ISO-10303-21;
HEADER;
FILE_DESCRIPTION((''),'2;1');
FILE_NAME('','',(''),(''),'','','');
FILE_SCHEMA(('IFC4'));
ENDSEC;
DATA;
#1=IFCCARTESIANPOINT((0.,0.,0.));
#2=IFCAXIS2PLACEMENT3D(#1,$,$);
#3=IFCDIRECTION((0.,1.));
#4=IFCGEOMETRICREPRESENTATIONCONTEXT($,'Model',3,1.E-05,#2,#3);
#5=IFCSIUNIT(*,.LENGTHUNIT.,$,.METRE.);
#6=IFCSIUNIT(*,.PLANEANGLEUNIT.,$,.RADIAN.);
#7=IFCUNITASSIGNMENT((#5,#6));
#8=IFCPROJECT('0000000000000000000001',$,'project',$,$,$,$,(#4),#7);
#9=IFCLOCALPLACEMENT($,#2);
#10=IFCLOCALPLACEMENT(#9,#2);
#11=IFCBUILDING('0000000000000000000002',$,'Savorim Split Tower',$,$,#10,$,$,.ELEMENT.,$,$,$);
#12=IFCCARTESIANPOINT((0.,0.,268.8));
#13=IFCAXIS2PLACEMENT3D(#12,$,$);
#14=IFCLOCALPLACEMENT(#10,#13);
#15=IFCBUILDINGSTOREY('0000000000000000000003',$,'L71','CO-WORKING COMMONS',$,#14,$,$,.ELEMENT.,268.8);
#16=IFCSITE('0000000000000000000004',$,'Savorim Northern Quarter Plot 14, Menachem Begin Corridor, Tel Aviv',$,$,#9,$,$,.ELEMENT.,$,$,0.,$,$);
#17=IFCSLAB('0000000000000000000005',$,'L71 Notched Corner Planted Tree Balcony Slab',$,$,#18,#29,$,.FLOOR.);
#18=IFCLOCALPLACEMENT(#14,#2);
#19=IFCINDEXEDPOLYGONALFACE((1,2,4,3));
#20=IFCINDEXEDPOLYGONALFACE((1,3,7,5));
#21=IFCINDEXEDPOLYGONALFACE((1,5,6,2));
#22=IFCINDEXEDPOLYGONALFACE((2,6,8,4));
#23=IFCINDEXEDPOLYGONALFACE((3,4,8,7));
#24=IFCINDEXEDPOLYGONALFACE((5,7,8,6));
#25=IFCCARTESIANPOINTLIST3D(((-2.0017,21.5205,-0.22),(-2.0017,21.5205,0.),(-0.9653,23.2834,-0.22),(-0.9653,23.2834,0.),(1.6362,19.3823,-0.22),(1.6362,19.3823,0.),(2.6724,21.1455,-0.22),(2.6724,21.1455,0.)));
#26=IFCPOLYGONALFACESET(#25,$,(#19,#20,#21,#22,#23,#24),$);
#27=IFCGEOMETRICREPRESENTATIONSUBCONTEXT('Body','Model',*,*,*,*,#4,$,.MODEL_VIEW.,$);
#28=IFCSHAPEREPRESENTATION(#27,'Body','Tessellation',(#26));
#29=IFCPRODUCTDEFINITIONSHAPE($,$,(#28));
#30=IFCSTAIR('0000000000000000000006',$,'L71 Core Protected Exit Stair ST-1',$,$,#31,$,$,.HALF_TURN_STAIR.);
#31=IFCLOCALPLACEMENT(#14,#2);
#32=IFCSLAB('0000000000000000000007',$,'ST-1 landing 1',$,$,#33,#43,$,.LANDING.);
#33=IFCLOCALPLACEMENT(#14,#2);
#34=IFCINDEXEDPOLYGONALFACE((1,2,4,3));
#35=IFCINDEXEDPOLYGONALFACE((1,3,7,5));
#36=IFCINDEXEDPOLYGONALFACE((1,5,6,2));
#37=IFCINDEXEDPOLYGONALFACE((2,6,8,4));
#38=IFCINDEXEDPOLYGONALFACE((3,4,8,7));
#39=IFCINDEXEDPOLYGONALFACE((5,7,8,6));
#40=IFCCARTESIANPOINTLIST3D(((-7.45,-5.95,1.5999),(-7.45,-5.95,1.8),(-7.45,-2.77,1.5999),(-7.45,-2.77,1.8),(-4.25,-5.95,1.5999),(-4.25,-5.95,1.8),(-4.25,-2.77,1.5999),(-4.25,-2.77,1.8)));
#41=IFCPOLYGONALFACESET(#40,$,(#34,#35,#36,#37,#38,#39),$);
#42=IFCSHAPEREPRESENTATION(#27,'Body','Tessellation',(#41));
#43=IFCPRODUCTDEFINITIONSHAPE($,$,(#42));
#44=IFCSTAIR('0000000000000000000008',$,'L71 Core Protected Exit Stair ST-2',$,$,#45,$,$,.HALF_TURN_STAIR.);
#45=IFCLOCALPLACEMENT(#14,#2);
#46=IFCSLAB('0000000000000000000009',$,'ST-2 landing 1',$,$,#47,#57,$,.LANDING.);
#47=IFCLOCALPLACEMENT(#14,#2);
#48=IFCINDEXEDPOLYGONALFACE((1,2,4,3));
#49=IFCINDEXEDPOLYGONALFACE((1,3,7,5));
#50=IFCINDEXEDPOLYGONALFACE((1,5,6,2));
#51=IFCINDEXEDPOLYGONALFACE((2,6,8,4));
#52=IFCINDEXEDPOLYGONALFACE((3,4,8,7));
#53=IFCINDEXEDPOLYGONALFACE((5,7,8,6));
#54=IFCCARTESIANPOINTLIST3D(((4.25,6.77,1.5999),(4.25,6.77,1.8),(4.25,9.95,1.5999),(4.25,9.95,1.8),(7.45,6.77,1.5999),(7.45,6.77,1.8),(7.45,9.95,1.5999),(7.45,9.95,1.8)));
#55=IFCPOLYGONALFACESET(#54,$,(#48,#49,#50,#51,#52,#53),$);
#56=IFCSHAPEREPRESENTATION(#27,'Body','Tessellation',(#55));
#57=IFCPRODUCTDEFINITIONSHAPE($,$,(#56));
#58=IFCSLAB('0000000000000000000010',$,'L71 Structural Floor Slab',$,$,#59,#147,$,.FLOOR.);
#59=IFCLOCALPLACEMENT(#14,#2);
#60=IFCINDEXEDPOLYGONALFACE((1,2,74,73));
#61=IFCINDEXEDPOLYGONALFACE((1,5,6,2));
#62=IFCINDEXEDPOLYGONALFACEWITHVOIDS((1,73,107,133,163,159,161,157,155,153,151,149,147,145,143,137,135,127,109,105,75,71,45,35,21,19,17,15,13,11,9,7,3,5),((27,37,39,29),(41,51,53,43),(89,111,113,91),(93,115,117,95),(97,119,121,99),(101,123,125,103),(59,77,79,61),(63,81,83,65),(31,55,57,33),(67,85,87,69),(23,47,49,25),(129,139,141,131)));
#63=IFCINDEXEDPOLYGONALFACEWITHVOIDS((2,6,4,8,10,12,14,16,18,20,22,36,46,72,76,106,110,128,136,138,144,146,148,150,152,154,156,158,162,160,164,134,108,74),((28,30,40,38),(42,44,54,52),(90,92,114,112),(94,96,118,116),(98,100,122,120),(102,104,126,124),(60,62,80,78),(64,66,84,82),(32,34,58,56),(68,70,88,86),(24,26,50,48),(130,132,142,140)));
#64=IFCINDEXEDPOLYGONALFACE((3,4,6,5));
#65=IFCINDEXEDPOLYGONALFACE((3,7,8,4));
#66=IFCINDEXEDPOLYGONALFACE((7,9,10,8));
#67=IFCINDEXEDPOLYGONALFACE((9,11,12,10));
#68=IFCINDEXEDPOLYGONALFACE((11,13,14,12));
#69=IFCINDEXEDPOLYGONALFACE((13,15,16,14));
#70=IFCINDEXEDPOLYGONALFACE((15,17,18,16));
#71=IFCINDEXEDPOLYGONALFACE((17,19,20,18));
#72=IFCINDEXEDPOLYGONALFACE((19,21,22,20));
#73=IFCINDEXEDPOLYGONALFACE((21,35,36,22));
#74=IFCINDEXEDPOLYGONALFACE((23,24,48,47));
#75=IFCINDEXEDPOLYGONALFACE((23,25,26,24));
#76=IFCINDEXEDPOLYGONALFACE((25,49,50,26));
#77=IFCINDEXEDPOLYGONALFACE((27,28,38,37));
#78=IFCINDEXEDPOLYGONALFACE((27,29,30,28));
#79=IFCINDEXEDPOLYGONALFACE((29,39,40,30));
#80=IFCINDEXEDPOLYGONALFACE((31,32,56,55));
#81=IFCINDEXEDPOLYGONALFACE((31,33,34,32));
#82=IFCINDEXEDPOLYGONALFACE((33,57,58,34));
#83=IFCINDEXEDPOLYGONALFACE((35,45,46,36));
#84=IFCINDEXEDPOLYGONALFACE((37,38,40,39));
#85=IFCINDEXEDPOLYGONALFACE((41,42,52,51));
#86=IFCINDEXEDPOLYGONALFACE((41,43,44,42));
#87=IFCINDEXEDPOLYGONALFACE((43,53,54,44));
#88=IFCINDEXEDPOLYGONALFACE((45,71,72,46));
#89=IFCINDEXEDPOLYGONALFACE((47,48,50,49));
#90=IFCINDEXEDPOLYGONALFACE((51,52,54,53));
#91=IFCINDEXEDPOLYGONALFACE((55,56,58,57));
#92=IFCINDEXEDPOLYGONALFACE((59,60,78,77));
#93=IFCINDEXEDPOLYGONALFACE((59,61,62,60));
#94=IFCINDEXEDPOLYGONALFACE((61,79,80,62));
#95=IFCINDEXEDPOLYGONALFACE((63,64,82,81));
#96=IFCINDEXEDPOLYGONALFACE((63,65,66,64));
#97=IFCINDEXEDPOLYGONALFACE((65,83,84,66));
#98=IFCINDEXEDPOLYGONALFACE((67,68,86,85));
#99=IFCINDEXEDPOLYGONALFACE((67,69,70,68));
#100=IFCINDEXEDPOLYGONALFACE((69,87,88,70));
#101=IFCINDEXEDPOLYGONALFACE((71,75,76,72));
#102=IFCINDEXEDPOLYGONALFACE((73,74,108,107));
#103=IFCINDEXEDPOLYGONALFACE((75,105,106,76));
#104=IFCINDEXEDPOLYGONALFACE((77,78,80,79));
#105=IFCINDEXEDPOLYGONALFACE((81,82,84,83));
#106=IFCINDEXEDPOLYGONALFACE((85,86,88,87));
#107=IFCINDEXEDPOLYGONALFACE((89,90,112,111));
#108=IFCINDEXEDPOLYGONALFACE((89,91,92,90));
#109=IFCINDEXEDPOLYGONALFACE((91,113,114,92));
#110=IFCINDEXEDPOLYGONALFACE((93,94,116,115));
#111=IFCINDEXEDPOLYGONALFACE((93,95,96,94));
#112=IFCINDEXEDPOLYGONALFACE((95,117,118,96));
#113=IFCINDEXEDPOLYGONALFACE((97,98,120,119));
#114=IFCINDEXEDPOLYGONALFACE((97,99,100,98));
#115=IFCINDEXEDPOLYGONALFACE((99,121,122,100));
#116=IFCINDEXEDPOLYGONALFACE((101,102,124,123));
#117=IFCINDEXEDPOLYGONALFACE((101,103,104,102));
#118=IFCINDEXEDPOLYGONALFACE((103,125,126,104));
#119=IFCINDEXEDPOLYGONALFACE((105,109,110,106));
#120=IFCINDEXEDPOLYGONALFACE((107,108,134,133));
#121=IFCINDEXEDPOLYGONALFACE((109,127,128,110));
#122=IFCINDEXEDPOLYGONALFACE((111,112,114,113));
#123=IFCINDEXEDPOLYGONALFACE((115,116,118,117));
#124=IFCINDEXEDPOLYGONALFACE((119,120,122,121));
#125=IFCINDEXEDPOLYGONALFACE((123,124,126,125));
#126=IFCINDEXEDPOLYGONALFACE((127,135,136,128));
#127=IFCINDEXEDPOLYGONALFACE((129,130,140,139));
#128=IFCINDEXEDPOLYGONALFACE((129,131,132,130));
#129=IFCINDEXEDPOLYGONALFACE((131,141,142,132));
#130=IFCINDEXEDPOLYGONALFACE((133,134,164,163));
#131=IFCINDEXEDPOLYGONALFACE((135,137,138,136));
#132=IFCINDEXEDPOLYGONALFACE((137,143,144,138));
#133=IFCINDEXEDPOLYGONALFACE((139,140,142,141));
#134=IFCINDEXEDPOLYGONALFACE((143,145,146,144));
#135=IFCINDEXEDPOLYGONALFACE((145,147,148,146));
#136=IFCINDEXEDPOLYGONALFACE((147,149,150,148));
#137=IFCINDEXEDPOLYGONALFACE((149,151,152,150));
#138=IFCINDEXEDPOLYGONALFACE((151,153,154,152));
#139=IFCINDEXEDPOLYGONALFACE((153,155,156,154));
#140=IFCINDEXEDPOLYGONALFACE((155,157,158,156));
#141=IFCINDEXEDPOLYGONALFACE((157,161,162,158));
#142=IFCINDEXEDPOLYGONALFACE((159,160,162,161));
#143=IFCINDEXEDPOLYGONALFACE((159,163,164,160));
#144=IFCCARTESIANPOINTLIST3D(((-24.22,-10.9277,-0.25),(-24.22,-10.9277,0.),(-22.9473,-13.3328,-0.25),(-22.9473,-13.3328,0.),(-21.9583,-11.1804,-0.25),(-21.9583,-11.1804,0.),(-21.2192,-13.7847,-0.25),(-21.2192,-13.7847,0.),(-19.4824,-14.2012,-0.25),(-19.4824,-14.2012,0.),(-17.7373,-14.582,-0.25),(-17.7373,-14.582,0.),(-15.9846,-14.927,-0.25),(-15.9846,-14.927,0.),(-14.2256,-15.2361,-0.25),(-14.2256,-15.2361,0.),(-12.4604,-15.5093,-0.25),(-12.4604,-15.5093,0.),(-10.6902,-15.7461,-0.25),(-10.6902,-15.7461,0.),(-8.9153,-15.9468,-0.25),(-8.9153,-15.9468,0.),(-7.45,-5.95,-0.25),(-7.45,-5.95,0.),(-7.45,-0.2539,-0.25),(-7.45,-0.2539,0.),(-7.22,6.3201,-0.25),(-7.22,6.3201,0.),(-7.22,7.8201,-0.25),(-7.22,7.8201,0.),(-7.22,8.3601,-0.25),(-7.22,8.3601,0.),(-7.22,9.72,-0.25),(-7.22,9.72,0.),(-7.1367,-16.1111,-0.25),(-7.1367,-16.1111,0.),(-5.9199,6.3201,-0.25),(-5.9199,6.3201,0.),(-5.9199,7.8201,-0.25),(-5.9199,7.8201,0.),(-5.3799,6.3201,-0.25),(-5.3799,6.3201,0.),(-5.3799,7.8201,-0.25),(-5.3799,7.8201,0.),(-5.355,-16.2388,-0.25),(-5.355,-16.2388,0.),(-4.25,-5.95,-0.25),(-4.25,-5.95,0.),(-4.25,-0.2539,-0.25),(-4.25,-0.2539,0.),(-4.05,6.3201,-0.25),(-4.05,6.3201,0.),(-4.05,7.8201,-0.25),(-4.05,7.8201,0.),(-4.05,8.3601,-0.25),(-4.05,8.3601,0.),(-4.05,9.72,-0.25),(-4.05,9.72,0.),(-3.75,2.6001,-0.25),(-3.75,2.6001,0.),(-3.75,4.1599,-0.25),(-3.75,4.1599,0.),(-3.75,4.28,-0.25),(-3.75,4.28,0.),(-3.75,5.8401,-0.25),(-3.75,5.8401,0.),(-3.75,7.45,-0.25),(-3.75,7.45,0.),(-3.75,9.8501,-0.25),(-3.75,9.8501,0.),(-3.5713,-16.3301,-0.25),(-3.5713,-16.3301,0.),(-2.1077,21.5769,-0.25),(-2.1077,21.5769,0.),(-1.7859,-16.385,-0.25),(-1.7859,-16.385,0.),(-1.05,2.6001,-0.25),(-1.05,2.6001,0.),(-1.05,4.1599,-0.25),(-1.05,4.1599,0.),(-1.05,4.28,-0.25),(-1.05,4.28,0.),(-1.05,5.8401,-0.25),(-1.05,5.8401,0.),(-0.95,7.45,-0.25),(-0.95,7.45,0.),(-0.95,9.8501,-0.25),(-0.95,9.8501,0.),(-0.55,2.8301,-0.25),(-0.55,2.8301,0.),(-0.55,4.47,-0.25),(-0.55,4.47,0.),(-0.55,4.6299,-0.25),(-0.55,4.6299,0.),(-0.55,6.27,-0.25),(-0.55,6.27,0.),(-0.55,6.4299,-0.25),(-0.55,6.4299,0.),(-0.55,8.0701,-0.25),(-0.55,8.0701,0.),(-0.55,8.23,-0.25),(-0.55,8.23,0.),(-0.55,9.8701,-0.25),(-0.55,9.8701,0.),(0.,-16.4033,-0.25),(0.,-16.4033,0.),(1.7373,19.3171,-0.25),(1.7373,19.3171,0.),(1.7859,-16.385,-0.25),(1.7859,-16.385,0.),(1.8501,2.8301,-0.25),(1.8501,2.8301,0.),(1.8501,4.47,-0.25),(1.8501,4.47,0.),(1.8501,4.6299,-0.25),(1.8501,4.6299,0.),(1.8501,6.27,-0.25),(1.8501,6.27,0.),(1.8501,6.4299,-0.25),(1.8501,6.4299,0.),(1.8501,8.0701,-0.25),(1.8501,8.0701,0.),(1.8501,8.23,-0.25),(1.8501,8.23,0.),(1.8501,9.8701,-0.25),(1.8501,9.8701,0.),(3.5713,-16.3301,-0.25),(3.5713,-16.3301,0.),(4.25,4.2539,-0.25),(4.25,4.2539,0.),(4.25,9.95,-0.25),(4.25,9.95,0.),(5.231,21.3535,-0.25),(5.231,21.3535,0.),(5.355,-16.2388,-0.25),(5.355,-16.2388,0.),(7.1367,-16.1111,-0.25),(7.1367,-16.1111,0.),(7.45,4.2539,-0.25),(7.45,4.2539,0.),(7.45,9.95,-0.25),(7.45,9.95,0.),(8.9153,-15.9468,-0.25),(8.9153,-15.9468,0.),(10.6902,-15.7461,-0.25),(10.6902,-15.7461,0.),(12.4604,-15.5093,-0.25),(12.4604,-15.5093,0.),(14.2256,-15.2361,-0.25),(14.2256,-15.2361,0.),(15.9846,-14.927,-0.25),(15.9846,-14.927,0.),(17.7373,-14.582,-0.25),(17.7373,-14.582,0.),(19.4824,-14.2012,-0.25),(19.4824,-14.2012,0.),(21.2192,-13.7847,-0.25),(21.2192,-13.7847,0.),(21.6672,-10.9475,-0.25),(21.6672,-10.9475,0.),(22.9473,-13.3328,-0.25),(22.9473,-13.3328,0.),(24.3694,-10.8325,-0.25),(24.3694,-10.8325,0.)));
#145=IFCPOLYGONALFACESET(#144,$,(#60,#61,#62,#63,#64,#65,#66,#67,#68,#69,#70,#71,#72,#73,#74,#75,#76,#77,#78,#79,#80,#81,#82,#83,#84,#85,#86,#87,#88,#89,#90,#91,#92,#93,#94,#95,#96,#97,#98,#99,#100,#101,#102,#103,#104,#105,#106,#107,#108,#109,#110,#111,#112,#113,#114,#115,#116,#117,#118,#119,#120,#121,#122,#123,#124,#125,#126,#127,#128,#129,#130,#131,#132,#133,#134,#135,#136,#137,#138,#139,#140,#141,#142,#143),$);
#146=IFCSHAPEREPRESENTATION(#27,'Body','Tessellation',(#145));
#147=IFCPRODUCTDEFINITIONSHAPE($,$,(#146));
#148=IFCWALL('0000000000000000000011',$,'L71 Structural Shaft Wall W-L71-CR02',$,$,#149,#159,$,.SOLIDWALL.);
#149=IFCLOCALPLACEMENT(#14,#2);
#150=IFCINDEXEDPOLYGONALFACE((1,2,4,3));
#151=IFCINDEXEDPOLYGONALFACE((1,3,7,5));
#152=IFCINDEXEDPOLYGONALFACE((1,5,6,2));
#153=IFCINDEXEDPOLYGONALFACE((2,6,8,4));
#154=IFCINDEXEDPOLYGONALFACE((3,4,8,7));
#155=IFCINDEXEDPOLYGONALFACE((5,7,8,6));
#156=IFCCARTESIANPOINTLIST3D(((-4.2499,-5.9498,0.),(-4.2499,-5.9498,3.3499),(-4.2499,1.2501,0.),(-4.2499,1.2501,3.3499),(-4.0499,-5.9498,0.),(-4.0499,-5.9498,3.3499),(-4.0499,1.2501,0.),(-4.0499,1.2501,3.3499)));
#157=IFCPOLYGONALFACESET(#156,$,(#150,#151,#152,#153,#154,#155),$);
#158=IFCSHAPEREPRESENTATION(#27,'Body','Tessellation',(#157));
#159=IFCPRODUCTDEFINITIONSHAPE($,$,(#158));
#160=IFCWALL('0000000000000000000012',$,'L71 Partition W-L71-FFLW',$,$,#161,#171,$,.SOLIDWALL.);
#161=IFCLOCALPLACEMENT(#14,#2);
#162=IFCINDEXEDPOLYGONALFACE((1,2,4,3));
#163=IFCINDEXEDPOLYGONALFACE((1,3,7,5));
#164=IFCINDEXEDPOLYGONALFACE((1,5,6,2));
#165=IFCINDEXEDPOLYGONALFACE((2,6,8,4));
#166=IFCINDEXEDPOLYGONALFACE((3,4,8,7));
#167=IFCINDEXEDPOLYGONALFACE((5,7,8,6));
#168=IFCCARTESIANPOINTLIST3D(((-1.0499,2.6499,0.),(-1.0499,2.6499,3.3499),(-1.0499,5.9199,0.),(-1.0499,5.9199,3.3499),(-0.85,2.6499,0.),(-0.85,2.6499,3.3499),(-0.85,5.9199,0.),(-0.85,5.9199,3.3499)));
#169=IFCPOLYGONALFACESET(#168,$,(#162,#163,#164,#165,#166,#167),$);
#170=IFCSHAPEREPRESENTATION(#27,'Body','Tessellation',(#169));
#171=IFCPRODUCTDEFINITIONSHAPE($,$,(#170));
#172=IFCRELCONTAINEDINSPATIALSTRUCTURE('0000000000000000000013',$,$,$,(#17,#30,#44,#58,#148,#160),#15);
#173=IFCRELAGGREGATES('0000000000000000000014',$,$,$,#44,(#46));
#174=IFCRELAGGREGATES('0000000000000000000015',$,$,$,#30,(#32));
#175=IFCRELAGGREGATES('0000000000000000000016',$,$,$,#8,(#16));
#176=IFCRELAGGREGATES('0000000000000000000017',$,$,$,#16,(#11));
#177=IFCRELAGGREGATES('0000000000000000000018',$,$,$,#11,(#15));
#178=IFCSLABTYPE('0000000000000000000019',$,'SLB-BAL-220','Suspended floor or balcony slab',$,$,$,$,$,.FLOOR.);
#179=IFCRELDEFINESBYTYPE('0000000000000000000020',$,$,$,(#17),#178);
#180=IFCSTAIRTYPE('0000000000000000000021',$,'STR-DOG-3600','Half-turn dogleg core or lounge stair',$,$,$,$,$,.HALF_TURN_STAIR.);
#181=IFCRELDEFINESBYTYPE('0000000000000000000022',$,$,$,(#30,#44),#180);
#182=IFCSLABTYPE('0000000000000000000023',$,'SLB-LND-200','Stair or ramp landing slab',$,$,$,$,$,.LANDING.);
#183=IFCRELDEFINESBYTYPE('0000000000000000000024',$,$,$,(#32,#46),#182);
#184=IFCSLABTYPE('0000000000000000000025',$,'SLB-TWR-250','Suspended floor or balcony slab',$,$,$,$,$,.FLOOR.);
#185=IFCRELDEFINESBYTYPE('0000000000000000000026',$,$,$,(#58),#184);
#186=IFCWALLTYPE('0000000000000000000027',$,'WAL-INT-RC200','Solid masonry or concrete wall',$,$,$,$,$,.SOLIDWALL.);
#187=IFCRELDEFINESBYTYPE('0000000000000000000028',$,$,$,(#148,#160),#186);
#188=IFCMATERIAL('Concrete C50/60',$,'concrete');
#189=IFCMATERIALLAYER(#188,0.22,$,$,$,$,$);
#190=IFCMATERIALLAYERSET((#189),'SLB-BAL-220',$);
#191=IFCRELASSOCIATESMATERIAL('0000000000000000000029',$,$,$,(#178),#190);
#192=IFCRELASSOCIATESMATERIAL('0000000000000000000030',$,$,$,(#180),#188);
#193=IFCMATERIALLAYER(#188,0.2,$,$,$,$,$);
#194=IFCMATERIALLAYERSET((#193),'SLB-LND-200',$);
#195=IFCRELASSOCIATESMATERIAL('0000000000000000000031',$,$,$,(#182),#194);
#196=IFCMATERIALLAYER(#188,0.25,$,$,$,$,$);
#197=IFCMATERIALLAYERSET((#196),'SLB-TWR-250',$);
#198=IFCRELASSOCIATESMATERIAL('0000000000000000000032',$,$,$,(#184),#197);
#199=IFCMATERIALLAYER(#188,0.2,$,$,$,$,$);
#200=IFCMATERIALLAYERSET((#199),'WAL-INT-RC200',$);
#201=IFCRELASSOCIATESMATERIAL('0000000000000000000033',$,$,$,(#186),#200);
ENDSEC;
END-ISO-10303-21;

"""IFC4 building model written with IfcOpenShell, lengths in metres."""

from ifc_helpers import new_model, si_unit, direction, frame, frame_2d, origin, place, context, subcontext, project, spatial, polyline, rectangle, outline, extrude, material, layer, layer_set, type_object, element, aggregate, save


model = new_model("IFC4")

# Units and contexts
model_context = context("Model", 3, precision=1e-05, world=origin(), true_north=direction((0.0, 1.0)))
body_context = subcontext(model_context, "Body", "Model", "MODEL_VIEW")
ifc_project = project(units=[si_unit("LENGTHUNIT", "METRE"), si_unit("PLANEANGLEUNIT", "RADIAN")], contexts=[model_context])

# Site, building, storey
site_placement = place(None, origin())
site = spatial("IfcSite", under=ifc_project, at=site_placement, Name="Savorim Northern Quarter Plot 14, Menachem Begin Corridor, Tel Aviv", CompositionType="ELEMENT", RefElevation=0.0)
building_placement = place(site_placement, origin())
building = spatial("IfcBuilding", under=site, at=building_placement, Name="Savorim Split Tower", CompositionType="ELEMENT")
storey_placement = place(building_placement, frame((0.0, 0.0, 268.8)))
storey = spatial("IfcBuildingStorey", under=building, at=storey_placement, Name="L71", Description="CO-WORKING COMMONS", CompositionType="ELEMENT", Elevation=268.8)

# Slab
ifc_material_1 = material(Name="Concrete C50/60", Category="concrete")
ifc_layer_1 = layer(ifc_material_1, 0.22)
ifc_layer_set_1 = layer_set([ifc_layer_1], Name="SLB-BAL-220")
slab_type_1 = type_object("IfcSlabType", Name="SLB-BAL-220", Description="Suspended floor or balcony slab", PredefinedType="FLOOR", material=ifc_layer_set_1)
slab_1_placement = place(storey_placement, frame((0.0, 0.0, -0.22)))
element("IfcSlab", 1, at=slab_1_placement, inside=storey, type_object=slab_type_1, Name="L71 Notched Corner Planted Tree Balcony Slab", PredefinedType="FLOOR", context=body_context, shape_type="SweptSolid", body=[
    extrude(outline(polyline([(-2.0017, 21.5205), (1.6362, 19.3823), (2.6724, 21.1455), (-0.9653, 23.2834), (-2.0017, 21.5205)])), origin(), (0.0, 0.0, 1.0), 0.22),
])

# Stairs, slabs
stair_type = type_object("IfcStairType", Name="STR-DOG-3600", Description="Half-turn dogleg core or lounge stair", PredefinedType="HALF_TURN_STAIR", material=ifc_material_1)
stair_1_placement = place(storey_placement, origin())
stair_1 = element("IfcStair", 2, at=stair_1_placement, inside=storey, type_object=stair_type, Name="L71 Core Protected Exit Stair ST-1", PredefinedType="HALF_TURN_STAIR")
ifc_layer_2 = layer(ifc_material_1, 0.2)
ifc_layer_set_2 = layer_set([ifc_layer_2], Name="SLB-LND-200")
slab_type_2 = type_object("IfcSlabType", Name="SLB-LND-200", Description="Stair or ramp landing slab", PredefinedType="LANDING", material=ifc_layer_set_2)
slab_2_placement = place(storey_placement, frame((0.0, 0.0, 1.5999)))
slab_2 = element("IfcSlab", 3, at=slab_2_placement, type_object=slab_type_2, Name="ST-1 landing 1", PredefinedType="LANDING", context=body_context, shape_type="SweptSolid", body=[
    extrude(outline(polyline([(-7.45, -2.77), (-7.45, -5.95), (-4.25, -5.95), (-4.25, -2.77), (-7.45, -2.77)])), origin(), (0.0, 0.0, 1.0), 0.2002),
])
stair_2_placement = place(storey_placement, origin())
stair_2 = element("IfcStair", 4, at=stair_2_placement, inside=storey, type_object=stair_type, Name="L71 Core Protected Exit Stair ST-2", PredefinedType="HALF_TURN_STAIR")
slab_3_placement = place(storey_placement, frame((0.0, 0.0, 1.5999)))
slab_3 = element("IfcSlab", 5, at=slab_3_placement, type_object=slab_type_2, Name="ST-2 landing 1", PredefinedType="LANDING", context=body_context, shape_type="SweptSolid", body=[
    extrude(outline(polyline([(7.45, 6.77), (7.45, 9.95), (4.25, 9.95), (4.25, 6.77), (7.45, 6.77)])), origin(), (0.0, 0.0, 1.0), 0.2002),
])
aggregate(stair_2, [slab_3])

# Slab
ifc_layer_3 = layer(ifc_material_1, 0.25)
ifc_layer_set_3 = layer_set([ifc_layer_3], Name="SLB-TWR-250")
slab_type_3 = type_object("IfcSlabType", Name="SLB-TWR-250", Description="Suspended floor or balcony slab", PredefinedType="FLOOR", material=ifc_layer_set_3)
slab_4_placement = place(storey_placement, frame((0.0, 0.0, -0.25)))
element("IfcSlab", 6, at=slab_4_placement, inside=storey, type_object=slab_type_3, Name="L71 Structural Floor Slab", PredefinedType="FLOOR", context=body_context, shape_type="SweptSolid", body=[
    extrude(outline(polyline([(-22.9473, -13.3328), (-21.2192, -13.7847), (-19.4824, -14.2012), (-17.7373, -14.582), (-15.9846, -14.927), (-14.2256, -15.2361), (-12.4604, -15.5093), (-10.6902, -15.7461), (-8.9153, -15.9468), (-7.1367, -16.1111), (-5.355, -16.2388), (-3.5713, -16.3301), (-1.7859, -16.385), (0.0, -16.4033), (1.7859, -16.385), (3.5713, -16.3301), (5.355, -16.2388), (7.1367, -16.1111), (8.9153, -15.9468), (10.6902, -15.7461), (12.4604, -15.5093), (14.2256, -15.2361), (15.9846, -14.927), (17.7373, -14.582), (19.4824, -14.2012), (21.2192, -13.7847), (22.9473, -13.3328), (21.6672, -10.9475), (24.3694, -10.8325), (5.231, 21.3535), (1.7373, 19.3171), (-2.1077, 21.5769), (-24.22, -10.9277), (-21.9583, -11.1804), (-22.9473, -13.3328)]), holes=[polyline([(-7.45, -0.2539), (-7.45, -5.95), (-4.25, -5.95), (-4.25, -0.2539), (-7.45, -0.2539)]), polyline([(7.45, 4.2539), (7.45, 9.95), (4.25, 9.95), (4.25, 4.2539), (7.45, 4.2539)]), polyline([(-0.55, 2.8301), (1.8501, 2.8301), (1.8501, 4.47), (-0.55, 4.47), (-0.55, 2.8301)]), polyline([(-0.55, 4.6299), (1.8501, 4.6299), (1.8501, 6.27), (-0.55, 6.27), (-0.55, 4.6299)]), polyline([(-0.55, 6.4299), (1.8501, 6.4299), (1.8501, 8.0701), (-0.55, 8.0701), (-0.55, 6.4299)]), polyline([(-0.55, 8.23), (1.8501, 8.23), (1.8501, 9.8701), (-0.55, 9.8701), (-0.55, 8.23)]), polyline([(-3.75, 2.6001), (-1.05, 2.6001), (-1.05, 4.1599), (-3.75, 4.1599), (-3.75, 2.6001)]), polyline([(-3.75, 4.28), (-1.05, 4.28), (-1.05, 5.8401), (-3.75, 5.8401), (-3.75, 4.28)]), polyline([(-3.75, 7.45), (-0.95, 7.45), (-0.95, 9.8501), (-3.75, 9.8501), (-3.75, 7.45)]), polyline([(-7.22, 6.3201), (-5.9199, 6.3201), (-5.9199, 7.8201), (-7.22, 7.8201), (-7.22, 6.3201)]), polyline([(-5.3799, 6.3201), (-4.05, 6.3201), (-4.05, 7.8201), (-5.3799, 7.8201), (-5.3799, 6.3201)]), polyline([(-7.22, 8.3601), (-4.05, 8.3601), (-4.05, 9.72), (-7.22, 9.72), (-7.22, 8.3601)])]), origin(), (0.0, 0.0, 1.0), 0.25),
])

# Wall
ifc_layer_4 = layer(ifc_material_1, 0.2)
ifc_layer_set_4 = layer_set([ifc_layer_4], Name="WAL-INT-RC200")
wall_type_1 = type_object("IfcWallType", Name="WAL-INT-RC200", Description="Solid masonry or concrete wall", PredefinedType="SOLIDWALL", material=ifc_layer_set_4)
wall_1_placement = place(storey_placement, frame((-4.1499, -5.95, 0.0), z_axis=(0.0, 0.0, 1.0), x_axis=(0.0, 1.0, 0.0)))
element("IfcWall", 7, at=wall_1_placement, inside=storey, type_object=wall_type_1, Name="L71 Structural Shaft Wall W-L71-CR02", PredefinedType="SOLIDWALL", context=body_context, shape_type="SweptSolid", body=[
    extrude(rectangle(XDim=7.2, YDim=0.2, at=frame_2d((3.6001, 0.0))), origin(), (0.0, 0.0, 1.0), 3.3499),
])

# Wall
wall_2_placement = place(storey_placement, frame((-0.95, 2.6499, 0.0), z_axis=(0.0, 0.0, 1.0), x_axis=(0.0, 1.0, 0.0)))
element("IfcWall", 8, at=wall_2_placement, inside=storey, type_object=wall_type_1, Name="L71 Partition W-L71-FFLW", PredefinedType="SOLIDWALL", context=body_context, shape_type="SweptSolid", body=[
    extrude(rectangle(XDim=3.27, YDim=0.2, at=frame_2d((1.635, 0.0))), origin(), (0.0, 0.0, 1.0), 3.3499),
])

aggregate(stair_1, [slab_2])

save(model, "model.ifc")
